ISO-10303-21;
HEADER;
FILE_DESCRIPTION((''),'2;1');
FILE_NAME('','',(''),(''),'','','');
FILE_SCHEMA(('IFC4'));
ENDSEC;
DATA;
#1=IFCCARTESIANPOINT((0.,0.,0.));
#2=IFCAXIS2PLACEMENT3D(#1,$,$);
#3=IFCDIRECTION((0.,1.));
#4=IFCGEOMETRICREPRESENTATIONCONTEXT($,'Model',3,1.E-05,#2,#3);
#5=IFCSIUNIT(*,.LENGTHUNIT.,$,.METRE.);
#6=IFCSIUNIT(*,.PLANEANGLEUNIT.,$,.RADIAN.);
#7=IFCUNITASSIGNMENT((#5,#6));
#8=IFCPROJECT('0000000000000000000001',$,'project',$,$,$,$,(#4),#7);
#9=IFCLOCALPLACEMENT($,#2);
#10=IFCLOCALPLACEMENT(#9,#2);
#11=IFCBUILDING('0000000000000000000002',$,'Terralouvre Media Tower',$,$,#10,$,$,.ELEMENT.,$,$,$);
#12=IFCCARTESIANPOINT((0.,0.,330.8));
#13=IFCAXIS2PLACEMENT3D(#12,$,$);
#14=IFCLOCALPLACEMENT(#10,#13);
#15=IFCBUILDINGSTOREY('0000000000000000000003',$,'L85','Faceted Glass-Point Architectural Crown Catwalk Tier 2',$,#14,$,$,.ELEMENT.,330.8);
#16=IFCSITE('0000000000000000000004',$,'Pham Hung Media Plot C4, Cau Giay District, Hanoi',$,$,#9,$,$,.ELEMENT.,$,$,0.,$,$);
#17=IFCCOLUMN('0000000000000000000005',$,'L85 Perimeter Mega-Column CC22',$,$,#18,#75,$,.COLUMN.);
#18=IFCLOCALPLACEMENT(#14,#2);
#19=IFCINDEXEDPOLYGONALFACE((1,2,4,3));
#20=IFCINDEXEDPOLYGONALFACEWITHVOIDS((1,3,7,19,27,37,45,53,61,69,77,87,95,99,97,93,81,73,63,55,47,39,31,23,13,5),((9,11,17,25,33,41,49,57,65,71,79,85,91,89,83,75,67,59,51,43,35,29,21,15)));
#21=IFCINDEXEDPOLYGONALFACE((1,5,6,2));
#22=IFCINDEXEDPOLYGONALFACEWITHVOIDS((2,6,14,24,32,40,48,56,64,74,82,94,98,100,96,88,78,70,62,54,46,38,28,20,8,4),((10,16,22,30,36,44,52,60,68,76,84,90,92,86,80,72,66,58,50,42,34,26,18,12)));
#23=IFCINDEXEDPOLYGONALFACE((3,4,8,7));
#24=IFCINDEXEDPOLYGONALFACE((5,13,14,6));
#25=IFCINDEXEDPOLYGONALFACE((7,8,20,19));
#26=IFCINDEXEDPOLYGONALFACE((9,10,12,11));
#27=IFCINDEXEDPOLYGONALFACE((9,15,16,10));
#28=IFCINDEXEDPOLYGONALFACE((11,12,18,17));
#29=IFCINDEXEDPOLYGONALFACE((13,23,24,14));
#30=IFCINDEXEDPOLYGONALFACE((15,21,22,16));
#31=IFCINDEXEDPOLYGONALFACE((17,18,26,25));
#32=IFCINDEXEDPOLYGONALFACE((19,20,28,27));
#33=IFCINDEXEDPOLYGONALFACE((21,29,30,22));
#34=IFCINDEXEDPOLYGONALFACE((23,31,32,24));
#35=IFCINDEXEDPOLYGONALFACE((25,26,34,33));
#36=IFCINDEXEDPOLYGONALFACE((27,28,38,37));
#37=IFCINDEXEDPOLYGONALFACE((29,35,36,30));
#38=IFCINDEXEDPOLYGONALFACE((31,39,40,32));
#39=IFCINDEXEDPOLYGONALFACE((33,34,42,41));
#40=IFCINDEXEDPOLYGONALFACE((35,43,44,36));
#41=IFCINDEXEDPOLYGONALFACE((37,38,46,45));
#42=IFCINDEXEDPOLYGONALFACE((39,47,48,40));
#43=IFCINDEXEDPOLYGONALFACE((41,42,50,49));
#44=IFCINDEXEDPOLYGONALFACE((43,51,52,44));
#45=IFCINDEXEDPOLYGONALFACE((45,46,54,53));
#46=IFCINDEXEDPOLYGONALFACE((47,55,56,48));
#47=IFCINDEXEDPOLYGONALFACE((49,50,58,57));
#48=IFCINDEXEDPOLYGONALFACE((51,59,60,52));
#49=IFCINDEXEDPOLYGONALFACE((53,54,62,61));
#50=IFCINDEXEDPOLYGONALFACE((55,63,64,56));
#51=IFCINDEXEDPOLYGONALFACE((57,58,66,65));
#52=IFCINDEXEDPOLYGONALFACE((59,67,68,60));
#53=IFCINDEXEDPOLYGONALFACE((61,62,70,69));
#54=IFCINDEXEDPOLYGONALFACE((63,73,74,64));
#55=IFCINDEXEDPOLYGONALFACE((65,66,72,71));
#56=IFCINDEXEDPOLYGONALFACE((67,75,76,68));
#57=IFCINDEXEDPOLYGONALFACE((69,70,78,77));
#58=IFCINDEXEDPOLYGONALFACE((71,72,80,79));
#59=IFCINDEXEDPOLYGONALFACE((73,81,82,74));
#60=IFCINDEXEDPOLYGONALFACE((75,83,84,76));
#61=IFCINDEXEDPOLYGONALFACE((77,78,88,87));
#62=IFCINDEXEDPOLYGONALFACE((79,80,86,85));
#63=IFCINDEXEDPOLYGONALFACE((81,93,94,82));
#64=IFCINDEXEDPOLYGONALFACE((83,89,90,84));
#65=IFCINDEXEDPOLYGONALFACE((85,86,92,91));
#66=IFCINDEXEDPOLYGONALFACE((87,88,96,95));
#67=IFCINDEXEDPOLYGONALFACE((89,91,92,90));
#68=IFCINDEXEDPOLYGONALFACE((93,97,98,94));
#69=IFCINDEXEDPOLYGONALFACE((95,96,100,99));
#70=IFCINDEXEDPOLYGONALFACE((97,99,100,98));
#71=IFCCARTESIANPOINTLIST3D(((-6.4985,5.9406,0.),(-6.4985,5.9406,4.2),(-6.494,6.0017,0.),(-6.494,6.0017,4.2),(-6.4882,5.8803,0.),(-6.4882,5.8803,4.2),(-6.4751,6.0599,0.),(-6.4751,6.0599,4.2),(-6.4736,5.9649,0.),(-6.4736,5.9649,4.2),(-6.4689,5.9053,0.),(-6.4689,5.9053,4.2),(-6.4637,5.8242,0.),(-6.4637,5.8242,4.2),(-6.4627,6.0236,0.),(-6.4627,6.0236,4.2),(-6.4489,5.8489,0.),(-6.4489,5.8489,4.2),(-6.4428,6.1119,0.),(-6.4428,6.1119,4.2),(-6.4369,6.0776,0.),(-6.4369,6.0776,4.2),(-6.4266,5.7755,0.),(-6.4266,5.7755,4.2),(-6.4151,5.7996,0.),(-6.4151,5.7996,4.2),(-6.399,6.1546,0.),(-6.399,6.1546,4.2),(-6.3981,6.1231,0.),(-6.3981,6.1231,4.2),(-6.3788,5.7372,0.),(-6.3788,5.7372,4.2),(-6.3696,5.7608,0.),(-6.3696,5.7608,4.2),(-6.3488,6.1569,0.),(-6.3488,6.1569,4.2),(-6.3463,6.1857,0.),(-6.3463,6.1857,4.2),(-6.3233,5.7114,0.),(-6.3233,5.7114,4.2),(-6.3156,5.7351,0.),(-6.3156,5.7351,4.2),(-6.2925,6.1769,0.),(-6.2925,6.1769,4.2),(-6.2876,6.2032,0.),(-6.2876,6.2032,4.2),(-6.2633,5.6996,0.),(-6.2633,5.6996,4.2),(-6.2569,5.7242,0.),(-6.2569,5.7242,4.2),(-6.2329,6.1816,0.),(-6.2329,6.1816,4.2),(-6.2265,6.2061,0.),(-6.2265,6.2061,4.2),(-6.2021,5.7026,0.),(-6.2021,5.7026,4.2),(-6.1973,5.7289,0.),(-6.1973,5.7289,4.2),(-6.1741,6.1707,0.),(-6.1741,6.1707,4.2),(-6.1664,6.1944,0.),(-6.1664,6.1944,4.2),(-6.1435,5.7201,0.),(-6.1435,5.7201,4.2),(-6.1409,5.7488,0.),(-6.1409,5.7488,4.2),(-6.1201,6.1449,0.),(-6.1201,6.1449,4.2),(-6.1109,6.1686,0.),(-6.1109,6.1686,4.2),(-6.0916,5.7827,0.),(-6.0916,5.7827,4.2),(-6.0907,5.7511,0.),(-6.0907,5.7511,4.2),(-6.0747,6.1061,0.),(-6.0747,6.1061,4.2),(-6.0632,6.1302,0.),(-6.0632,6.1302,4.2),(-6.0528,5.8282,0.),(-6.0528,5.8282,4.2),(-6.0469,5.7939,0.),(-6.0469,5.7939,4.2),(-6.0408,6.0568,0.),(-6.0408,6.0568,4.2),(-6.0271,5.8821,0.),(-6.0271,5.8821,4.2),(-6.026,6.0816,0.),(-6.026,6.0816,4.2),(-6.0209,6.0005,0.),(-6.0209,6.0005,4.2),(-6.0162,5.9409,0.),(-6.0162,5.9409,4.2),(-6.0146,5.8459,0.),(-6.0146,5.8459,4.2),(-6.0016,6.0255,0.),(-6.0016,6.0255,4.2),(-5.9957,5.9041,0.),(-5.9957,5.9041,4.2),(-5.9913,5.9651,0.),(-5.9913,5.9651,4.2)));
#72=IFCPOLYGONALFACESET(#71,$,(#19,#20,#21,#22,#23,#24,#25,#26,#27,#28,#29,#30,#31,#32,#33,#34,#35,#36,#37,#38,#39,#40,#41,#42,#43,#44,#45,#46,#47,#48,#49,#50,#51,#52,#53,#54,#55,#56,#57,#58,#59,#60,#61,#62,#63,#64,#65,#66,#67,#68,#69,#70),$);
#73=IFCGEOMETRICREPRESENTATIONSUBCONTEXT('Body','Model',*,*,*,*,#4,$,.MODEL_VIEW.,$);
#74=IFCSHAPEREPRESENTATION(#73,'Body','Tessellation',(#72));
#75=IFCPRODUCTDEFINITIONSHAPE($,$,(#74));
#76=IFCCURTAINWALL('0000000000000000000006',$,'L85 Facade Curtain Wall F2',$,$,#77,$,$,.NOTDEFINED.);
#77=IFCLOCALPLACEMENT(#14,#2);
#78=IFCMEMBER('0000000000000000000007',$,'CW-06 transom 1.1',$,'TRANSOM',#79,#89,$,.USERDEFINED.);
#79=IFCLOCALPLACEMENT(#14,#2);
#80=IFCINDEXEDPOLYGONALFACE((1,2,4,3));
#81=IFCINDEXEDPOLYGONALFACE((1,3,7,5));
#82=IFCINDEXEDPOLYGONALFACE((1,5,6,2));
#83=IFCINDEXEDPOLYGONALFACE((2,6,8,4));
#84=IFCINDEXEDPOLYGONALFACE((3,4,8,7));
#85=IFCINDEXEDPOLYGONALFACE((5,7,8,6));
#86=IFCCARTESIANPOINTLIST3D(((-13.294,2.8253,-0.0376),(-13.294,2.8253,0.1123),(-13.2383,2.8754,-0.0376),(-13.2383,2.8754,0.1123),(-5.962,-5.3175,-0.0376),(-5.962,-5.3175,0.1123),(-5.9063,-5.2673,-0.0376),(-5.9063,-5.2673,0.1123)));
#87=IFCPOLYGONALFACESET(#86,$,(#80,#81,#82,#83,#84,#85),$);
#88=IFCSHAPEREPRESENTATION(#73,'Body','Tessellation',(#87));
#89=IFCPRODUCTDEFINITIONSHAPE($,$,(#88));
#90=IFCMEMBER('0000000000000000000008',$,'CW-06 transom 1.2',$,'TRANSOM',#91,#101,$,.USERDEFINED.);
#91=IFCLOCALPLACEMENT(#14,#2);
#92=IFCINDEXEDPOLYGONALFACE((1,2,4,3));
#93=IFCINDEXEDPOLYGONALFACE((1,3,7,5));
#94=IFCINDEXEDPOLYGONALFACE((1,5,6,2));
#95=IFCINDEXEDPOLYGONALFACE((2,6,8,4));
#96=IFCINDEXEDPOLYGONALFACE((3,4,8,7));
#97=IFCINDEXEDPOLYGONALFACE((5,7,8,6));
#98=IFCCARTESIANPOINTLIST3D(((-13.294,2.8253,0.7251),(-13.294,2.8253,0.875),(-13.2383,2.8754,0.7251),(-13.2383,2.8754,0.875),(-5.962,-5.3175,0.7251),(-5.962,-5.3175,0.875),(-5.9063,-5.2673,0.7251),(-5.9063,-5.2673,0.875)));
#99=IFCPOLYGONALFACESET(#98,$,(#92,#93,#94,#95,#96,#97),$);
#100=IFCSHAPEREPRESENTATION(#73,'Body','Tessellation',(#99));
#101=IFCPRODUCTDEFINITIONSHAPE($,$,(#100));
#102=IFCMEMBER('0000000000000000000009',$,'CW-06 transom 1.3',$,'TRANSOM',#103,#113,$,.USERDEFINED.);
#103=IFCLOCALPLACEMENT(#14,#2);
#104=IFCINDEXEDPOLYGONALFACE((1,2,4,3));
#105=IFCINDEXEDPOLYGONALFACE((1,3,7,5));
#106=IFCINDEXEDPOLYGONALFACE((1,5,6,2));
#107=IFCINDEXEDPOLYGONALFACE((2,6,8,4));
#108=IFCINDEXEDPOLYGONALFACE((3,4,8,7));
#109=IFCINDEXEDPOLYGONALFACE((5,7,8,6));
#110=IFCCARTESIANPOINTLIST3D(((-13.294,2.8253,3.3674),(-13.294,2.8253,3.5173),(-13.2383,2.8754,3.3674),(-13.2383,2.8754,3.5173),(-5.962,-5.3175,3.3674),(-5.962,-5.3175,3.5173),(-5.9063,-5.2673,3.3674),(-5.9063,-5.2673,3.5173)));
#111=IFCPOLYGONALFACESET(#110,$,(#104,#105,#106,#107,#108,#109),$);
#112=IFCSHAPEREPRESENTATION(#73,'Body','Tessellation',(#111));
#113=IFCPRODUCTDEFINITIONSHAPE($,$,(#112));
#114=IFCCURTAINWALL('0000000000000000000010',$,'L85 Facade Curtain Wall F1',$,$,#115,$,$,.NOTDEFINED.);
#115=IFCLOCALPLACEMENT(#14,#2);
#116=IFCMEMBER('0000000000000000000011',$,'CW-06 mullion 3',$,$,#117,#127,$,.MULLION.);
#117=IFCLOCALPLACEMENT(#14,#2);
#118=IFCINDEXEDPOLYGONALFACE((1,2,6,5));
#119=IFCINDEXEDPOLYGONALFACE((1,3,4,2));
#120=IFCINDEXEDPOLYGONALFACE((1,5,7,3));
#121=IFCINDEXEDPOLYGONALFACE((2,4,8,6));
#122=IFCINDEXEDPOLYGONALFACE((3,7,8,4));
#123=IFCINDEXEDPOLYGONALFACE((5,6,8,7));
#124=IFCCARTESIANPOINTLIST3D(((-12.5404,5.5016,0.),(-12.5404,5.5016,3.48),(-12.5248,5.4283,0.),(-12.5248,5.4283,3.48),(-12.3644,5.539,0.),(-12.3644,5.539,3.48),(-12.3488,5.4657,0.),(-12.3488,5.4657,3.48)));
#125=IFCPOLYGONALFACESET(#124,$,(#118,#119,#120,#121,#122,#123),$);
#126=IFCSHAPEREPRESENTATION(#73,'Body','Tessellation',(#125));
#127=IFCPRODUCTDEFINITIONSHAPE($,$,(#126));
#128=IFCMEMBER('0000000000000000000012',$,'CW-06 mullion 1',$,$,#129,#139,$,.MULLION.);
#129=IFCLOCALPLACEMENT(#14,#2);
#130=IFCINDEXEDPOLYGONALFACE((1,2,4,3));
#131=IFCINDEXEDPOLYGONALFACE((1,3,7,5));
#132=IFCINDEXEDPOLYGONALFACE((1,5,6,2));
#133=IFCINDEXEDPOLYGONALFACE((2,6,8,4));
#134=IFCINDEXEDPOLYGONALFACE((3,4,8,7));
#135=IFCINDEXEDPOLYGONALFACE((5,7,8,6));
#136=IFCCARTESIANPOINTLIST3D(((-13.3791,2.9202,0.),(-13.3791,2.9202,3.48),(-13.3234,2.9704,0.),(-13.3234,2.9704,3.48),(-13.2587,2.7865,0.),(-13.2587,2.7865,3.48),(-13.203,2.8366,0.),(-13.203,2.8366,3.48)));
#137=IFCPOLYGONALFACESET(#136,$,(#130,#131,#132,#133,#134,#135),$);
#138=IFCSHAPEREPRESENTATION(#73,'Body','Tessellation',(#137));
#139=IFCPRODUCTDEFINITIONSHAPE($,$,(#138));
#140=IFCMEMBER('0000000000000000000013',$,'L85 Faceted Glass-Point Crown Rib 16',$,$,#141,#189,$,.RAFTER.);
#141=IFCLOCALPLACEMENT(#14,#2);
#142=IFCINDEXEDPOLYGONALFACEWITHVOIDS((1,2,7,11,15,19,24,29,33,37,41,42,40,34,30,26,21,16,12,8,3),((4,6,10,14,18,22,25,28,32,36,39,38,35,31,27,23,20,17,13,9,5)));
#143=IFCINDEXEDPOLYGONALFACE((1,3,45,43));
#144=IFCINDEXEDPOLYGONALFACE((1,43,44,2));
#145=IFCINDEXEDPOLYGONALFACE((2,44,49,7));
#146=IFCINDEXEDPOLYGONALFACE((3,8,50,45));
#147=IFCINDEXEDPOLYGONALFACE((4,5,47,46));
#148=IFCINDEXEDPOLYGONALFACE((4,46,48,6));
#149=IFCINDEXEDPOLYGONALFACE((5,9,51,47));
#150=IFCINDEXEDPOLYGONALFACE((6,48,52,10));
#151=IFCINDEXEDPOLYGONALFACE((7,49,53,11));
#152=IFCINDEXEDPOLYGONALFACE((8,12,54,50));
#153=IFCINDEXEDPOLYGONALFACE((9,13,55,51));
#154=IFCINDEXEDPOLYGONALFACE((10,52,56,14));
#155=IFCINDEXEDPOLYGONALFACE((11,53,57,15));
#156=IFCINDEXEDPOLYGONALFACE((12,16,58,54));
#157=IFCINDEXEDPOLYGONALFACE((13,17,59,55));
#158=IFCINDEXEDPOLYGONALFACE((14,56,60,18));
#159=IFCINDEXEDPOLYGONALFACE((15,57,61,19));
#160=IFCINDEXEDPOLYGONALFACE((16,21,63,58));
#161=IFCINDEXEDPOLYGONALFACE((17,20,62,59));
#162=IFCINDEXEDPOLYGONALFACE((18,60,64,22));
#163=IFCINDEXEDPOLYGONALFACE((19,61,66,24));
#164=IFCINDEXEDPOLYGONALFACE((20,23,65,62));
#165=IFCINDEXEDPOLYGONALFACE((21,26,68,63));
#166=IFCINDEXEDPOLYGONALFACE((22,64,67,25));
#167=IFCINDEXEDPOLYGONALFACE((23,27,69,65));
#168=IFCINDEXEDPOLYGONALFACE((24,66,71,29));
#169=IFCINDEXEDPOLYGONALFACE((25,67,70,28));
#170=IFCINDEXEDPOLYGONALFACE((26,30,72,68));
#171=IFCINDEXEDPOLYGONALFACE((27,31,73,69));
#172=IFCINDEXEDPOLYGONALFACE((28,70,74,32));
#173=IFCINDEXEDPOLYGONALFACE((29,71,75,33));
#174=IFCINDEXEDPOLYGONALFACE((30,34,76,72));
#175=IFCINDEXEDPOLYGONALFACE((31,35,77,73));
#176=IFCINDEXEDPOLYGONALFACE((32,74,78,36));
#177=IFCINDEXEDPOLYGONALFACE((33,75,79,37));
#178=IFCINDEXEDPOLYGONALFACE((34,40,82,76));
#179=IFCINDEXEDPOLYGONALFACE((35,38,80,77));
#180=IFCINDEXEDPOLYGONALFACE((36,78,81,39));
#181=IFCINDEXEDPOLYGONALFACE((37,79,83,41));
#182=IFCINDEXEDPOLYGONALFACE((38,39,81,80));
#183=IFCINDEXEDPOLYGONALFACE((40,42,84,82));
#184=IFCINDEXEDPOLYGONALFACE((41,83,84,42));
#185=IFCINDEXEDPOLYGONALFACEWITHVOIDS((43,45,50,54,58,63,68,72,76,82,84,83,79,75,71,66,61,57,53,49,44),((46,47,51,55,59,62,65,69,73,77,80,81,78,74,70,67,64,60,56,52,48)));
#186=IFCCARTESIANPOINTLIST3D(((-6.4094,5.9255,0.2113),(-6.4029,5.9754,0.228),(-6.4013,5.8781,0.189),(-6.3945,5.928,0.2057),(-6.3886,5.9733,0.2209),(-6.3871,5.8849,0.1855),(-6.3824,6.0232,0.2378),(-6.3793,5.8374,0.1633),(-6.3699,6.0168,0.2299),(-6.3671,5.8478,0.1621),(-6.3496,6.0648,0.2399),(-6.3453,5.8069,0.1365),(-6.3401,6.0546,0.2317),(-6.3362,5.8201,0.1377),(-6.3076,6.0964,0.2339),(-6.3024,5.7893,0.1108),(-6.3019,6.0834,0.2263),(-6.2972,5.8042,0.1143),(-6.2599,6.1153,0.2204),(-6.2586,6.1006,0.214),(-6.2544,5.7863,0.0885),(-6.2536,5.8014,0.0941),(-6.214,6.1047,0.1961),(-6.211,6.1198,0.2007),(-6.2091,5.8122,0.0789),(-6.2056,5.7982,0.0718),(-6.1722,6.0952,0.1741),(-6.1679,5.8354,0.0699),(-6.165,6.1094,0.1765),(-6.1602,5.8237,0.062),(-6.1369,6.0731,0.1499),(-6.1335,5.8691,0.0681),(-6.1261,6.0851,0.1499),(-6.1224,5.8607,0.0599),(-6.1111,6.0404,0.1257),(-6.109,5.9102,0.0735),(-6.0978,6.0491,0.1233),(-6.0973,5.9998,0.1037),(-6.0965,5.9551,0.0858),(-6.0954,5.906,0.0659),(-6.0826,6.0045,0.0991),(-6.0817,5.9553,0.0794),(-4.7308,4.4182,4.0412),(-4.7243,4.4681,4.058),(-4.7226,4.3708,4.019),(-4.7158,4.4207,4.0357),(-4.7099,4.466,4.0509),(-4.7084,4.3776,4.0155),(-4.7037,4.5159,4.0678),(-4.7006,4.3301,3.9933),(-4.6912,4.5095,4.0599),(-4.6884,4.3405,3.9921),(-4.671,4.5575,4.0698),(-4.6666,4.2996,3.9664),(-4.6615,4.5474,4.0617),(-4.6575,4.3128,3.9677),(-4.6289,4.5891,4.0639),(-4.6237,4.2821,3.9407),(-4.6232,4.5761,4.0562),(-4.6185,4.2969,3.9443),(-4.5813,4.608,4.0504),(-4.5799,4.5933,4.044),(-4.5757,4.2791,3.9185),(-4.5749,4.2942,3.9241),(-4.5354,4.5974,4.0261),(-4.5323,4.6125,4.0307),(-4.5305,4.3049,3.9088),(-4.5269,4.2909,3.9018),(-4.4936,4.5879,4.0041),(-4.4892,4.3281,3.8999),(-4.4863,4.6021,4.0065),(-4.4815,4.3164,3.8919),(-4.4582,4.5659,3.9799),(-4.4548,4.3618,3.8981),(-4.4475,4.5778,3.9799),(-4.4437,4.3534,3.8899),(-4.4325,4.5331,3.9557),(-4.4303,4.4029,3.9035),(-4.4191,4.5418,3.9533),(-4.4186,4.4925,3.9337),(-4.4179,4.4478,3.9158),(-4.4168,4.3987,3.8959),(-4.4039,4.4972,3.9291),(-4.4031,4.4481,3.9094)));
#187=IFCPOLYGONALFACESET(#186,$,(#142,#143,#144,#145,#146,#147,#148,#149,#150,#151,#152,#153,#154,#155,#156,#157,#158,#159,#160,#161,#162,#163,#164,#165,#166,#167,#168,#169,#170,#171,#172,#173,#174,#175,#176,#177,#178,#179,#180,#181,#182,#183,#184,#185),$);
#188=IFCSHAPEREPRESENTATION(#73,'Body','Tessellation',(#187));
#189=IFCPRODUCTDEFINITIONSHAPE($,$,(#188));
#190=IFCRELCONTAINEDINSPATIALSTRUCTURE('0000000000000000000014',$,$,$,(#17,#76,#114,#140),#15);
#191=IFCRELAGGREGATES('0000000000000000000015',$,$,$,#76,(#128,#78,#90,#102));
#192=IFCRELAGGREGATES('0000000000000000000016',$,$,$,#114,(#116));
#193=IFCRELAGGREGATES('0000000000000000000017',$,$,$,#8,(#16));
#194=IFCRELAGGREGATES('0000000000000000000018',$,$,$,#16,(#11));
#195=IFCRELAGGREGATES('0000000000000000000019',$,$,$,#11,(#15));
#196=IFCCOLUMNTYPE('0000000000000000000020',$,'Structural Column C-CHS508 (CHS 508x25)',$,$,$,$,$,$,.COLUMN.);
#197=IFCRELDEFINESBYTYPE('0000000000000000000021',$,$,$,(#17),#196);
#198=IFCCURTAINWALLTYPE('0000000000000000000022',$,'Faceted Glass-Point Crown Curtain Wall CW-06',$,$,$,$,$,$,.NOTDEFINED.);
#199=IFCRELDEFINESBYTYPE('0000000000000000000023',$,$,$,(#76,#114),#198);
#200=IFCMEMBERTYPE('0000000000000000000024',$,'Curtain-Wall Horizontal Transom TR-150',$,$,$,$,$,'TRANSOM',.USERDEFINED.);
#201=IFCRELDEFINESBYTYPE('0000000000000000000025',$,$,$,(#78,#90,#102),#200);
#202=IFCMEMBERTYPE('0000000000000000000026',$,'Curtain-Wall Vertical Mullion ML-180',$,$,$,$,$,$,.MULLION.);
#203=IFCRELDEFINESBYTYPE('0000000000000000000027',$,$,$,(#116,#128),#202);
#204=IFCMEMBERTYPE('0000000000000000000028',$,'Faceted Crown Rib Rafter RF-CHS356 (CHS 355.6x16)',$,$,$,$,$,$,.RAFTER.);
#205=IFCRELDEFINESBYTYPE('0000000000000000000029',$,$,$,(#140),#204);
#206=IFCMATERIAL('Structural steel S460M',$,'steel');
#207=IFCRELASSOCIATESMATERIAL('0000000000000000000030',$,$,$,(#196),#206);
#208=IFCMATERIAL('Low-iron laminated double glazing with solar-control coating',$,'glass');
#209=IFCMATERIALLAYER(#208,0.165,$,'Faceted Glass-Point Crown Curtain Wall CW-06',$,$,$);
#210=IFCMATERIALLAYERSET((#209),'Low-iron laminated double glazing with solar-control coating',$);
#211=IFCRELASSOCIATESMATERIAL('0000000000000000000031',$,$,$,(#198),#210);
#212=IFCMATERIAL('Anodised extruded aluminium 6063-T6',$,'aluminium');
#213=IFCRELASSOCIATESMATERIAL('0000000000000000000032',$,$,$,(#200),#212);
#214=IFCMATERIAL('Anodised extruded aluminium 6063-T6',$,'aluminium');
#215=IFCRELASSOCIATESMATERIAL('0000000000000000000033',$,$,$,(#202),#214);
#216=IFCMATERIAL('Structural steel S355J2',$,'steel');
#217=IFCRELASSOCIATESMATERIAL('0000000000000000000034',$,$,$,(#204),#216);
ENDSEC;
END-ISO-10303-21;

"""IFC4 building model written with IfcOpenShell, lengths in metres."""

from ifc_helpers import new_model, si_unit, direction, frame, origin, origin_2d, place, context, subcontext, project, spatial, rectangle, hollow_circle, extrude, material, layer, layer_set, material_profile, profile_set, type_object, element, aggregate, save


model = new_model("IFC4")

# Units and contexts
model_context = context("Model", 3, precision=1e-05, world=origin(), true_north=direction((0.0, 1.0)))
body_context = subcontext(model_context, "Body", "Model", "MODEL_VIEW")
ifc_project = project(units=[si_unit("LENGTHUNIT", "METRE"), si_unit("PLANEANGLEUNIT", "RADIAN")], contexts=[model_context])

# Site, building, storey
site_placement = place(None, origin())
site = spatial("IfcSite", under=ifc_project, at=site_placement, Name="Pham Hung Media Plot C4, Cau Giay District, Hanoi", CompositionType="ELEMENT", RefElevation=0.0)
building_placement = place(site_placement, origin())
building = spatial("IfcBuilding", under=site, at=building_placement, Name="Terralouvre Media Tower", CompositionType="ELEMENT")
storey_placement = place(building_placement, frame((0.0, 0.0, 330.8)))
storey = spatial("IfcBuildingStorey", under=building, at=storey_placement, Name="L85", Description="Faceted Glass-Point Architectural Crown Catwalk Tier 2", CompositionType="ELEMENT", Elevation=330.8)

# Column
ifc_material_1 = material(Name="Structural steel S460M", Category="steel")
ifc_material_profile_1 = material_profile(ifc_material_1, hollow_circle(Radius=0.2539, WallThickness=0.0249, at=origin_2d()), Name="CHS 508x25")
ifc_profile_set_1 = profile_set([ifc_material_profile_1], Name="Structural steel S460M")
column_type = type_object("IfcColumnType", Name="Structural Column C-CHS508 (CHS 508x25)", PredefinedType="COLUMN", material=ifc_profile_set_1)
column_placement = place(storey_placement, frame((-6.2449, 5.9529, 0.0), z_axis=(0.0, 0.0, 1.0), x_axis=(0.309017, 0.951057, 0.0)))
element("IfcColumn", 1, at=column_placement, inside=storey, type_object=column_type, Name="L85 Perimeter Mega-Column CC22", PredefinedType="COLUMN", context=body_context, shape_type="SweptSolid", body=[
    extrude(hollow_circle(Radius=0.2539, WallThickness=0.0249, at=origin_2d()), origin(), (0.0, 0.0, 1.0), 4.2),
])

# Curtain wall, members
ifc_material_2 = material(Name="Low-iron laminated double glazing with solar-control coating", Category="glass")
ifc_layer_1 = layer(ifc_material_2, 0.165, Name="Faceted Glass-Point Crown Curtain Wall CW-06")
ifc_layer_set_1 = layer_set([ifc_layer_1], Name="Low-iron laminated double glazing with solar-control coating")
curtain_wall_type = type_object("IfcCurtainWallType", Name="Faceted Glass-Point Crown Curtain Wall CW-06", PredefinedType="NOTDEFINED", material=ifc_layer_set_1)
curtain_wall_1_placement = place(storey_placement, origin())
curtain_wall_1 = element("IfcCurtainWall", 2, at=curtain_wall_1_placement, inside=storey, type_object=curtain_wall_type, Name="L85 Facade Curtain Wall F2", PredefinedType="NOTDEFINED")
ifc_material_3 = material(Name="Anodised extruded aluminium 6063-T6", Category="aluminium")
ifc_material_profile_2 = material_profile(ifc_material_3, rectangle(XDim=0.075, YDim=0.1499, at=origin_2d()), Name="ALU 75x150")
ifc_profile_set_2 = profile_set([ifc_material_profile_2], Name="Anodised extruded aluminium 6063-T6")
member_type_1 = type_object("IfcMemberType", Name="Curtain-Wall Horizontal Transom TR-150", ElementType="TRANSOM", PredefinedType="USERDEFINED", material=ifc_profile_set_2)
member_1_placement = place(storey_placement, frame((-13.2661, 2.8503, 0.0374), z_axis=(0.669141, -0.743136, 0.0), x_axis=(0.743136, 0.669141, 0.0)))
member_1 = element("IfcMember", 3, at=member_1_placement, type_object=member_type_1, Name="CW-06 transom 1.1", ObjectType="TRANSOM", PredefinedType="USERDEFINED", context=body_context, shape_type="SweptSolid", body=[
    extrude(rectangle(XDim=0.075, YDim=0.1499, at=origin_2d()), origin(), (0.0, 0.0, 1.0), 10.9573),
])
member_2_placement = place(storey_placement, frame((-13.2661, 2.8503, 0.8), z_axis=(0.669141, -0.743136, 0.0), x_axis=(0.743136, 0.669141, 0.0)))
member_2 = element("IfcMember", 4, at=member_2_placement, type_object=member_type_1, Name="CW-06 transom 1.2", ObjectType="TRANSOM", PredefinedType="USERDEFINED", context=body_context, shape_type="SweptSolid", body=[
    extrude(rectangle(XDim=0.075, YDim=0.1499, at=origin_2d()), origin(), (0.0, 0.0, 1.0), 10.9573),
])
member_3_placement = place(storey_placement, frame((-13.2661, 2.8503, 3.4424), z_axis=(0.669141, -0.743136, 0.0), x_axis=(0.743136, 0.669141, 0.0)))
member_3 = element("IfcMember", 5, at=member_3_placement, type_object=member_type_1, Name="CW-06 transom 1.3", ObjectType="TRANSOM", PredefinedType="USERDEFINED", context=body_context, shape_type="SweptSolid", body=[
    extrude(rectangle(XDim=0.075, YDim=0.1499, at=origin_2d()), origin(), (0.0, 0.0, 1.0), 10.9573),
])

# Curtain wall, member
curtain_wall_2_placement = place(storey_placement, origin())
curtain_wall_2 = element("IfcCurtainWall", 6, at=curtain_wall_2_placement, inside=storey, type_object=curtain_wall_type, Name="L85 Facade Curtain Wall F1", PredefinedType="NOTDEFINED")
ifc_material_4 = material(Name="Anodised extruded aluminium 6063-T6", Category="aluminium")
ifc_material_profile_3 = material_profile(ifc_material_4, rectangle(XDim=0.075, YDim=0.1799, at=origin_2d()), Name="ALU 75x180")
ifc_profile_set_3 = profile_set([ifc_material_profile_3], Name="Anodised extruded aluminium 6063-T6")
member_type_2 = type_object("IfcMemberType", Name="Curtain-Wall Vertical Mullion ML-180", PredefinedType="MULLION", material=ifc_profile_set_3)
member_4_placement = place(storey_placement, frame((-12.4446, 5.4836, 0.0), z_axis=(0.0, 0.0, 1.0), x_axis=(0.207912, -0.978148, 0.0)))
member_4 = element("IfcMember", 7, at=member_4_placement, type_object=member_type_2, Name="CW-06 mullion 3", PredefinedType="MULLION", context=body_context, shape_type="SweptSolid", body=[
    extrude(rectangle(XDim=0.075, YDim=0.1799, at=origin_2d()), origin(), (0.0, 0.0, 1.0), 3.48),
])

# Members
member_5_placement = place(storey_placement, frame((-13.291, 2.8784, 0.0), z_axis=(0.0, 0.0, 1.0), x_axis=(0.743145, 0.66913, 0.0)))
member_5 = element("IfcMember", 8, at=member_5_placement, type_object=member_type_2, Name="CW-06 mullion 1", PredefinedType="MULLION", context=body_context, shape_type="SweptSolid", body=[
    extrude(rectangle(XDim=0.075, YDim=0.1799, at=origin_2d()), origin(), (0.0, 0.0, 1.0), 3.48),
])
aggregate(curtain_wall_1, [member_5, member_1, member_2, member_3])
ifc_material_5 = material(Name="Structural steel S355J2", Category="steel")
ifc_material_profile_4 = material_profile(ifc_material_5, hollow_circle(Radius=0.1777, WallThickness=0.0161, at=origin_2d()), Name="CHS 355.6x16")
ifc_profile_set_4 = profile_set([ifc_material_profile_4], Name="Structural steel S355J2")
member_type_3 = type_object("IfcMemberType", Name="Faceted Crown Rib Rafter RF-CHS356 (CHS 355.6x16)", PredefinedType="RAFTER", material=ifc_profile_set_4)
member_6_placement = place(storey_placement, frame((-6.2449, 5.9529, 0.1499), z_axis=(0.377648, -0.339092, 0.861626), x_axis=(0.668103, 0.744068, 0.0)))
element("IfcMember", 9, at=member_6_placement, inside=storey, type_object=member_type_3, Name="L85 Faceted Glass-Point Crown Rib 16", PredefinedType="RAFTER", context=body_context, shape_type="SweptSolid", body=[
    extrude(hollow_circle(Radius=0.1777, WallThickness=0.0161, at=origin_2d()), origin(), (0.0, 0.0, 1.0), 4.4451),
])

aggregate(curtain_wall_2, [member_4])

save(model, "model.ifc")
